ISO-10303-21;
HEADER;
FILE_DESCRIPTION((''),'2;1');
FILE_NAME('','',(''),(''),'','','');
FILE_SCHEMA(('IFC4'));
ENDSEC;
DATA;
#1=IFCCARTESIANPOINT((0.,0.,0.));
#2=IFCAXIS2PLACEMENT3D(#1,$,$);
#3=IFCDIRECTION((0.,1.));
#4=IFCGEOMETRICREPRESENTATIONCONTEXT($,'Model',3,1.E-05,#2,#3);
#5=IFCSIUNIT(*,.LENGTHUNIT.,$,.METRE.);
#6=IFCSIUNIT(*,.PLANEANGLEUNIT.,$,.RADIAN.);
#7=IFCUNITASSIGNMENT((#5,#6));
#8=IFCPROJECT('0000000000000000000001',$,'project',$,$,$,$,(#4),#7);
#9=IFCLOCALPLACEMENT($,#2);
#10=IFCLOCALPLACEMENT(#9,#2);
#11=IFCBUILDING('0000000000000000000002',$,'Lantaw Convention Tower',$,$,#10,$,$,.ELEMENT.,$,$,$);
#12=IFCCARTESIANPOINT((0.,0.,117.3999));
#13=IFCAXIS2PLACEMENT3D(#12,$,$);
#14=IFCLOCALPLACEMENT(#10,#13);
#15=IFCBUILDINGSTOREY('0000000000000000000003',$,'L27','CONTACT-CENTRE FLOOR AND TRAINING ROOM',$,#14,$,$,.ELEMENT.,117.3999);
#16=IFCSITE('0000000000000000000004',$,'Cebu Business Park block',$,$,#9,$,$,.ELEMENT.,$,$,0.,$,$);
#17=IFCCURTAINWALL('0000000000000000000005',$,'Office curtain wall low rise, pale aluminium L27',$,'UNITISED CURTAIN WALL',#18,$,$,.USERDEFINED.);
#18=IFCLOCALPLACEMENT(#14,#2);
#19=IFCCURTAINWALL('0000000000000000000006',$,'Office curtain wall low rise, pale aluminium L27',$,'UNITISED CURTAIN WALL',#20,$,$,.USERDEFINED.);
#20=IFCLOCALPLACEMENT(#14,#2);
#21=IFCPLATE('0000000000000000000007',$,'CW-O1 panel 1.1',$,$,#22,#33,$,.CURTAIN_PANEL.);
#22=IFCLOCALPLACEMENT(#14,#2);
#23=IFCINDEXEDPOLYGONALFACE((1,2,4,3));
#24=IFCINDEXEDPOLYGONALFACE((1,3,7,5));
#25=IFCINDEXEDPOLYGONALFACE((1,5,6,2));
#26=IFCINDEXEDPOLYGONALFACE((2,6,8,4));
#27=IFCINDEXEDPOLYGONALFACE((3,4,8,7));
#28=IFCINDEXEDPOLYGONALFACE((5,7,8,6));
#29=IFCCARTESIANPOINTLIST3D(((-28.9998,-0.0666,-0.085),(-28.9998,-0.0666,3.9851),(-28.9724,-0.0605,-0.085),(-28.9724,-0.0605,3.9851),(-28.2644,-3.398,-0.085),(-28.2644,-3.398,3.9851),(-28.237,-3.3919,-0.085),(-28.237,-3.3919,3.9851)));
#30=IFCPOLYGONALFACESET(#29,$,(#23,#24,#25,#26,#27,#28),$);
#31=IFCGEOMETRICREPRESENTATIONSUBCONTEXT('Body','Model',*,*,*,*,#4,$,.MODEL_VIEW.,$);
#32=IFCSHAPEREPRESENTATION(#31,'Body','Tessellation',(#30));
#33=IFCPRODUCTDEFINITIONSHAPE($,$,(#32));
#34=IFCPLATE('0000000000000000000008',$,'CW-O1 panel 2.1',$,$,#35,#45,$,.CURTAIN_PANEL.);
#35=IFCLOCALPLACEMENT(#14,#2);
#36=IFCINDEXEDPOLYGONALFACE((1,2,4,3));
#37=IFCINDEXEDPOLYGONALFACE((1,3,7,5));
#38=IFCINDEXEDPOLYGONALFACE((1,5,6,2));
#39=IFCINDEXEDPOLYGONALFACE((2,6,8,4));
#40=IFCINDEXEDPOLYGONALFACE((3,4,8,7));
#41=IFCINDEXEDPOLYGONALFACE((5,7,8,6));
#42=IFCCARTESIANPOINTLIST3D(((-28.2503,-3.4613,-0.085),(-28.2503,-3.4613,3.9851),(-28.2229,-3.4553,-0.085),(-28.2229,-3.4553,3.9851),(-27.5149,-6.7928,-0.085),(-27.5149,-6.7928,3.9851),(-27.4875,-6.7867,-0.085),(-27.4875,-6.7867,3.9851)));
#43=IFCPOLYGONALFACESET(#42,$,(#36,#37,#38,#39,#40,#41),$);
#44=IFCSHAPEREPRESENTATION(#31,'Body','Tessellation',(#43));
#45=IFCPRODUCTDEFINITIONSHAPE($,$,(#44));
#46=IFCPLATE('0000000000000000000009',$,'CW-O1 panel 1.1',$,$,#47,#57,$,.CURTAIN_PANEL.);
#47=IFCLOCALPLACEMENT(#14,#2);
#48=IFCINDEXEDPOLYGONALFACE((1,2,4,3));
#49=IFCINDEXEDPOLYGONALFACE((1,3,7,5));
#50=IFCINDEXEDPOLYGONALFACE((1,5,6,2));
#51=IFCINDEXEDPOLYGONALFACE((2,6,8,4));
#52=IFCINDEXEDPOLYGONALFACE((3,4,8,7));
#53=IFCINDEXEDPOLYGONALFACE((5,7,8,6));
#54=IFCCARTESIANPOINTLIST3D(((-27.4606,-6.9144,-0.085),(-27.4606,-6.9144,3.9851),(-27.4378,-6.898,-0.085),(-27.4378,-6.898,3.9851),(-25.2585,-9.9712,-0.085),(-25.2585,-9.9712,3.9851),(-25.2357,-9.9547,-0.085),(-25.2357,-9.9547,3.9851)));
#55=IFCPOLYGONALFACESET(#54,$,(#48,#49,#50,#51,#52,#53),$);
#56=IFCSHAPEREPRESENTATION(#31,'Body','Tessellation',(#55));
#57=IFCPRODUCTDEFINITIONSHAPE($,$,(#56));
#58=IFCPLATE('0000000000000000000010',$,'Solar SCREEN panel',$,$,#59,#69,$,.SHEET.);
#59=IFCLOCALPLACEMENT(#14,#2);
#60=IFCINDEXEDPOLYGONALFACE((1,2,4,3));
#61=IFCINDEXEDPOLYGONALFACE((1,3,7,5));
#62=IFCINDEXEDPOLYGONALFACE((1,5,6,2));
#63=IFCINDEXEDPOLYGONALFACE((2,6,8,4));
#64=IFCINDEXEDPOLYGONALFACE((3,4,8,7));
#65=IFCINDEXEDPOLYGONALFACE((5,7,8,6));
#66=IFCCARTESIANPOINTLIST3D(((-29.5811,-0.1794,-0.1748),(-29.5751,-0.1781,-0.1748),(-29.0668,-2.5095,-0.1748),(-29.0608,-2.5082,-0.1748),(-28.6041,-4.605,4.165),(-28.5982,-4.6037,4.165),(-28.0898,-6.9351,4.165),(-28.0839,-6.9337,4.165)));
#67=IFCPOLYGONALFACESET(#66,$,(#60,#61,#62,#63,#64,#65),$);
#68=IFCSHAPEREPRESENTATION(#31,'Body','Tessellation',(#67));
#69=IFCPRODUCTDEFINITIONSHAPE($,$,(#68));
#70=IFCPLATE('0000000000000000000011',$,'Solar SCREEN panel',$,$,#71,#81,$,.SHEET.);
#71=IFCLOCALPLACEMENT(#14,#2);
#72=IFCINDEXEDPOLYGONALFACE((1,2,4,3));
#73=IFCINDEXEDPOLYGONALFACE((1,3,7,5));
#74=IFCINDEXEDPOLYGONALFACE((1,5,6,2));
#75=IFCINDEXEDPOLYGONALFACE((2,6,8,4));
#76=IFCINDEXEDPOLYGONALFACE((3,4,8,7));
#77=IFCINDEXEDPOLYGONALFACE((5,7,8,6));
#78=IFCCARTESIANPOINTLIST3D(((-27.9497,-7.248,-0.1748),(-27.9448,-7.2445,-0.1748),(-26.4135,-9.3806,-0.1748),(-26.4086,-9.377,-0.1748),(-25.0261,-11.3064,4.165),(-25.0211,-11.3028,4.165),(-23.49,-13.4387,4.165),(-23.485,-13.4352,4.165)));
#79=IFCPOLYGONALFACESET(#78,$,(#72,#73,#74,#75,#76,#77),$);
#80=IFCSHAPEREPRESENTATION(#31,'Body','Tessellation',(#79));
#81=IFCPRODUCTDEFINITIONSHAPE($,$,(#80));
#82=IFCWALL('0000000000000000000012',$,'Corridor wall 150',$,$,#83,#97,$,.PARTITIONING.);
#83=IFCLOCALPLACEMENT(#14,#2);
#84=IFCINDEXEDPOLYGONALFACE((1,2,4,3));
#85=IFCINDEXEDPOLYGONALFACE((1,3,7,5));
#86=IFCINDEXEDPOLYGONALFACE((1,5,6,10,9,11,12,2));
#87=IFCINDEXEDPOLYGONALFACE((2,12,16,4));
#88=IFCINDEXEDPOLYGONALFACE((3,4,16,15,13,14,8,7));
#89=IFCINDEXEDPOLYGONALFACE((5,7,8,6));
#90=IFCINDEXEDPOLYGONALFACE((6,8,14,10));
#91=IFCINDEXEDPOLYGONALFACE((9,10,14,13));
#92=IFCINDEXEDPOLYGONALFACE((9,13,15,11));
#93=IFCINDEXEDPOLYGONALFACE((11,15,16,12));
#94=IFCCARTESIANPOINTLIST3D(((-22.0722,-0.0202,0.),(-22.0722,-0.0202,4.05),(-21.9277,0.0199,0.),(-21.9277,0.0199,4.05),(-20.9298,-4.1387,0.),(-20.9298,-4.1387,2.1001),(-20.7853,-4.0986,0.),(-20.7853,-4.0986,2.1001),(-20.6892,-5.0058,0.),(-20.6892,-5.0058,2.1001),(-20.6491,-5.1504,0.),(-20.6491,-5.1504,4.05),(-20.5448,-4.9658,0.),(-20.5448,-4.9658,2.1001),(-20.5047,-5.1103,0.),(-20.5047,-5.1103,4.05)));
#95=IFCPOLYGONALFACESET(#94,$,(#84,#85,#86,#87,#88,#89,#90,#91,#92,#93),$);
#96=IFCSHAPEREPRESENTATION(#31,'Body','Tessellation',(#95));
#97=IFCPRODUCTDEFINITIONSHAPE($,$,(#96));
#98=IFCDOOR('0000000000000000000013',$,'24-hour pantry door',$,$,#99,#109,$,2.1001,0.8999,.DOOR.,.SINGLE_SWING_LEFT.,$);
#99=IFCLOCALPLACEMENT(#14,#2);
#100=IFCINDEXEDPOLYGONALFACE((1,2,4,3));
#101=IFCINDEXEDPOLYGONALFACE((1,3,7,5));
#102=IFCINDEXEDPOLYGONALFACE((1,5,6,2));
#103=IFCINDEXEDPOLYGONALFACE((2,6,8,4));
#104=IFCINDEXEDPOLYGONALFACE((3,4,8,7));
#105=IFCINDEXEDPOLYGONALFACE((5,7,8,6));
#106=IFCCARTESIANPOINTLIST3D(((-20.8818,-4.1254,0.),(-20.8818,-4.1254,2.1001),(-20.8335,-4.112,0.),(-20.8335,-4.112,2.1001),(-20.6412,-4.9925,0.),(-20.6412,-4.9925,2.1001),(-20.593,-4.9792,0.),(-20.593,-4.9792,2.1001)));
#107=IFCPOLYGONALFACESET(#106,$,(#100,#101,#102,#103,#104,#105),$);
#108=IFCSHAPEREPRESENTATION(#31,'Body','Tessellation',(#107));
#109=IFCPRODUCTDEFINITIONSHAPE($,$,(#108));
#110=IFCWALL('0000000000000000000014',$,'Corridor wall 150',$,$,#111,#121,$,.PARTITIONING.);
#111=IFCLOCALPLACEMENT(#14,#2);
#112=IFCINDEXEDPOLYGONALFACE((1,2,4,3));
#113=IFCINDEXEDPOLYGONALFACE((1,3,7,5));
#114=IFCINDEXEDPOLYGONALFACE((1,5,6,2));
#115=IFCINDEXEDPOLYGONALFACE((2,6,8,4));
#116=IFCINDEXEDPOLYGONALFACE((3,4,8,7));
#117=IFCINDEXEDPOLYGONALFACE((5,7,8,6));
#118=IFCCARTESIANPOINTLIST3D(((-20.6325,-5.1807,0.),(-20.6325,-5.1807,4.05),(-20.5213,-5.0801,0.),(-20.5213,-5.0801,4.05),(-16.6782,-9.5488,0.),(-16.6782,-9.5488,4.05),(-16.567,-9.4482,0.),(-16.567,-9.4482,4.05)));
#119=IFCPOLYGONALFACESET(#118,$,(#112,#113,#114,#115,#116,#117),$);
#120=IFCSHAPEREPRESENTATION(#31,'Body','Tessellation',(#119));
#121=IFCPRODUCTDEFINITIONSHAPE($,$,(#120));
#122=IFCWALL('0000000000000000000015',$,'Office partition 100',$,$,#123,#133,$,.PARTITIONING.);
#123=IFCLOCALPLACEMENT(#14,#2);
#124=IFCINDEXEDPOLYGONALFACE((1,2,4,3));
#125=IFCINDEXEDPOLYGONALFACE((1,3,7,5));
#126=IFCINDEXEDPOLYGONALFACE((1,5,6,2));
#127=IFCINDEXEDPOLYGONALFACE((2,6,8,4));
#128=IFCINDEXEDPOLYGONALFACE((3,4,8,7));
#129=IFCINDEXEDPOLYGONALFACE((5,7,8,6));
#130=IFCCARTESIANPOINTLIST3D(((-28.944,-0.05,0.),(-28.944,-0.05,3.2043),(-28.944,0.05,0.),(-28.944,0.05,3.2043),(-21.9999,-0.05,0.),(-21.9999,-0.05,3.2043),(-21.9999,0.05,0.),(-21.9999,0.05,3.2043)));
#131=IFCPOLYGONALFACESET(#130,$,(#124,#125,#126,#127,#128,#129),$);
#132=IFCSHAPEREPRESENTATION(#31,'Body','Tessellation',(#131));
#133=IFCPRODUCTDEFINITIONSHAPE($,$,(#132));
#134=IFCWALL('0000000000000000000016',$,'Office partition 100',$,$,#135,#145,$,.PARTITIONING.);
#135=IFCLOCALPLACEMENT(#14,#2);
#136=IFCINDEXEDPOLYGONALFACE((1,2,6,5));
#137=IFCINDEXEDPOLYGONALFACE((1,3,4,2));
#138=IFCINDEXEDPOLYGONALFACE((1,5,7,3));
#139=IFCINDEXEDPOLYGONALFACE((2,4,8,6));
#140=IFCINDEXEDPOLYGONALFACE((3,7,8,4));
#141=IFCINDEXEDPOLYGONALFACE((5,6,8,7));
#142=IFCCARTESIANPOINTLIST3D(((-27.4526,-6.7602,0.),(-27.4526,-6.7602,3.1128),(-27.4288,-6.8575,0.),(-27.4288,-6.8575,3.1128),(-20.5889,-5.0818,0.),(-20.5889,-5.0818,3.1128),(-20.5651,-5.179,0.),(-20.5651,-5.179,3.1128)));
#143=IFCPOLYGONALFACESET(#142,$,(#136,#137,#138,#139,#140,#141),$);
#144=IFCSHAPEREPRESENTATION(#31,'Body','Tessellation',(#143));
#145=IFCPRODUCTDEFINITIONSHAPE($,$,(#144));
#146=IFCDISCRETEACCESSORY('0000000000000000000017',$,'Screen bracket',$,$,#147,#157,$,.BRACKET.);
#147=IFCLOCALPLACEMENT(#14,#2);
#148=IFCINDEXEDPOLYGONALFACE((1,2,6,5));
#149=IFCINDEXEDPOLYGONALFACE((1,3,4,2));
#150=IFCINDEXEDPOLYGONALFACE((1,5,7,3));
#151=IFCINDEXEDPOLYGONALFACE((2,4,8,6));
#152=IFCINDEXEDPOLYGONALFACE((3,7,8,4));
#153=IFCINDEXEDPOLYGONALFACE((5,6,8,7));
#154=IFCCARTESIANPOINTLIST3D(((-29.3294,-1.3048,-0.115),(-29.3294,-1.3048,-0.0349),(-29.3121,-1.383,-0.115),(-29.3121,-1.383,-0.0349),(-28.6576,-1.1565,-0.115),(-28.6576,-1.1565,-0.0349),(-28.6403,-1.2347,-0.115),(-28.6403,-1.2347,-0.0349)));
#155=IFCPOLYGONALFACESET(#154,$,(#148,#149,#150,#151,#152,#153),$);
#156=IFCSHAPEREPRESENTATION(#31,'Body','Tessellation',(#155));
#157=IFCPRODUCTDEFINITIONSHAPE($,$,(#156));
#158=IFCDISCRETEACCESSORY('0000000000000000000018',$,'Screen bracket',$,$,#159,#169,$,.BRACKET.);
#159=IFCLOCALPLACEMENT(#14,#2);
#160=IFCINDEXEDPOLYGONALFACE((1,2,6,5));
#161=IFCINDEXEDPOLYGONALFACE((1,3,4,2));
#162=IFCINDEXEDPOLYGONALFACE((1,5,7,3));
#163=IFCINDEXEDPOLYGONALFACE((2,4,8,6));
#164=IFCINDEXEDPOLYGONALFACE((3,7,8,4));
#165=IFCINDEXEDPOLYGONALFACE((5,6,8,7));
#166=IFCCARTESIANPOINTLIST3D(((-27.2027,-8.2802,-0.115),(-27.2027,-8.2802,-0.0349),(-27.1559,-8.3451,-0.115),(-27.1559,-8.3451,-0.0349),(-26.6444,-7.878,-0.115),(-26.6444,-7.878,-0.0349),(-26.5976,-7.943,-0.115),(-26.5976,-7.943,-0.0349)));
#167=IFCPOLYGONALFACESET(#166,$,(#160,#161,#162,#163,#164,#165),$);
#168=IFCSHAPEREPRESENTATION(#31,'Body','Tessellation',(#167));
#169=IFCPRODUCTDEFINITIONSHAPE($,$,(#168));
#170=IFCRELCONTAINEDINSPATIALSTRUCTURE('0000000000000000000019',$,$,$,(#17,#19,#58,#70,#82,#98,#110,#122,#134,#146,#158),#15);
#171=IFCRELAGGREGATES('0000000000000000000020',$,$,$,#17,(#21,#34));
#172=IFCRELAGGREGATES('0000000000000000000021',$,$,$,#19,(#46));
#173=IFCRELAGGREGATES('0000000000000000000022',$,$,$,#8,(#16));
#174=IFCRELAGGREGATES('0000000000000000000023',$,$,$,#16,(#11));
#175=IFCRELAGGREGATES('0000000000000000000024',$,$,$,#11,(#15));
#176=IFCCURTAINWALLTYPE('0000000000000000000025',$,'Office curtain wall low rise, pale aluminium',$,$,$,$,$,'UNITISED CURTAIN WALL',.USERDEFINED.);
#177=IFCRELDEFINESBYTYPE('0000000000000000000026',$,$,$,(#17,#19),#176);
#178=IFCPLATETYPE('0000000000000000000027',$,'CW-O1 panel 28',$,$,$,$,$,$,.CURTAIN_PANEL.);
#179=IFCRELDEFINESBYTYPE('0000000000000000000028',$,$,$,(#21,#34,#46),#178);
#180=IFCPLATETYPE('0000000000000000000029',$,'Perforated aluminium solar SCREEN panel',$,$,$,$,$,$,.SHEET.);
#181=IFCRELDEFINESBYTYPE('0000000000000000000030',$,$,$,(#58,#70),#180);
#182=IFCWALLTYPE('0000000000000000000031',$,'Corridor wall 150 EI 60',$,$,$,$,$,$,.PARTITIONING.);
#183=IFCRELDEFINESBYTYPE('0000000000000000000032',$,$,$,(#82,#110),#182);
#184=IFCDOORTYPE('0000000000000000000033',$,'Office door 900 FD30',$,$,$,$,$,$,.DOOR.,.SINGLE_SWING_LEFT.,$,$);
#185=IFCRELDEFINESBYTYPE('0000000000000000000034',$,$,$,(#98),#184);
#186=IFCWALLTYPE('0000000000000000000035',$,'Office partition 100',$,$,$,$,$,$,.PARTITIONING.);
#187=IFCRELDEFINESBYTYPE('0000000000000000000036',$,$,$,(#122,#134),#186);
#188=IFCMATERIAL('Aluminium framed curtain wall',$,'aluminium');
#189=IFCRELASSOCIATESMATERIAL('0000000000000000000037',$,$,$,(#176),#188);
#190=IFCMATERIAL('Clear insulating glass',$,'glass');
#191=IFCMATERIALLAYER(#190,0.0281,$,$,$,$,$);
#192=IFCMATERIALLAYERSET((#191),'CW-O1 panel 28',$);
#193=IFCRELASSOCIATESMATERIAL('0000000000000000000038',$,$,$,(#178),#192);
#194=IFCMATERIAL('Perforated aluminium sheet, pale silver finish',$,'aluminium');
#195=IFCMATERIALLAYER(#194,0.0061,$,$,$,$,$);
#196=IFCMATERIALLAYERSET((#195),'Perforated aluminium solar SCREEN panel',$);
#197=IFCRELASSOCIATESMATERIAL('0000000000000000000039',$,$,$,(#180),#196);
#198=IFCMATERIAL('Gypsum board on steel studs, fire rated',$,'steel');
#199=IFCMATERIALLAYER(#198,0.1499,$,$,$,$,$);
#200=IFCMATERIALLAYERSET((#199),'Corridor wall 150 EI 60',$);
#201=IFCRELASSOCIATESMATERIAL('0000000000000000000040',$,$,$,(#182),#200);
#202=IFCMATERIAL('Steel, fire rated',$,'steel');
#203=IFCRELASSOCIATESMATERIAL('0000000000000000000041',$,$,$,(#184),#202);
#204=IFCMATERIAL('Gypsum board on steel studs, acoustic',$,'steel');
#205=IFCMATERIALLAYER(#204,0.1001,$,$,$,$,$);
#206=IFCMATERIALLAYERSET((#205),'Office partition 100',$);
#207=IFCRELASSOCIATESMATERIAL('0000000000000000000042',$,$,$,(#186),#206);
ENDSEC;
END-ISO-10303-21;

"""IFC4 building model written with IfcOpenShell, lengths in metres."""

from ifc_helpers import new_model, si_unit, direction, frame, frame_2d, origin, origin_2d, place, context, subcontext, project, spatial, polyline, rectangle, outline, extrude, material, layer, layer_set, type_object, element, fill, aggregate, save


model = new_model("IFC4")

# Units and contexts
model_context = context("Model", 3, precision=1e-05, world=origin(), true_north=direction((0.0, 1.0)))
body_context = subcontext(model_context, "Body", "Model", "MODEL_VIEW")
ifc_project = project(units=[si_unit("LENGTHUNIT", "METRE"), si_unit("PLANEANGLEUNIT", "RADIAN")], contexts=[model_context])

# Site, building, storey
site_placement = place(None, origin())
site = spatial("IfcSite", under=ifc_project, at=site_placement, Name="Cebu Business Park block", CompositionType="ELEMENT", RefElevation=0.0)
building_placement = place(site_placement, origin())
building = spatial("IfcBuilding", under=site, at=building_placement, Name="Lantaw Convention Tower", CompositionType="ELEMENT")
storey_placement = place(building_placement, frame((0.0, 0.0, 117.3999)))
storey = spatial("IfcBuildingStorey", under=building, at=storey_placement, Name="L27", Description="CONTACT-CENTRE FLOOR AND TRAINING ROOM", CompositionType="ELEMENT", Elevation=117.3999)

# Curtain wall
ifc_material_1 = material(Name="Aluminium framed curtain wall", Category="aluminium")
curtain_wall_type = type_object("IfcCurtainWallType", Name="Office curtain wall low rise, pale aluminium", ElementType="UNITISED CURTAIN WALL", PredefinedType="USERDEFINED", material=ifc_material_1)
curtain_wall_1_placement = place(storey_placement, origin())
curtain_wall_1 = element("IfcCurtainWall", 1, at=curtain_wall_1_placement, inside=storey, type_object=curtain_wall_type, Name="Office curtain wall low rise, pale aluminium L27", ObjectType="UNITISED CURTAIN WALL", PredefinedType="USERDEFINED")

# Curtain wall
curtain_wall_2_placement = place(storey_placement, origin())
curtain_wall_2 = element("IfcCurtainWall", 2, at=curtain_wall_2_placement, inside=storey, type_object=curtain_wall_type, Name="Office curtain wall low rise, pale aluminium L27", ObjectType="UNITISED CURTAIN WALL", PredefinedType="USERDEFINED")

# Plates
ifc_material_2 = material(Name="Clear insulating glass", Category="glass")
ifc_layer_1 = layer(ifc_material_2, 0.0281)
ifc_layer_set_1 = layer_set([ifc_layer_1], Name="CW-O1 panel 28")
plate_type_1 = type_object("IfcPlateType", Name="CW-O1 panel 28", PredefinedType="CURTAIN_PANEL", material=ifc_layer_set_1)
plate_1_placement = place(storey_placement, frame((-28.6184, -1.7292, -0.085), z_axis=(0.0, 0.0, 1.0), x_axis=(0.215546, -0.976494, 0.0)))
plate_1 = element("IfcPlate", 3, at=plate_1_placement, type_object=plate_type_1, Name="CW-O1 panel 1.1", PredefinedType="CURTAIN_PANEL", context=body_context, shape_type="SweptSolid", body=[
    extrude(rectangle(XDim=3.4116, YDim=0.0281, at=origin_2d()), origin(), (0.0, 0.0, 1.0), 4.0701),
])
plate_2_placement = place(storey_placement, frame((-27.8689, -5.124, -0.085), z_axis=(0.0, 0.0, 1.0), x_axis=(0.215546, -0.976494, 0.0)))
plate_2 = element("IfcPlate", 4, at=plate_2_placement, type_object=plate_type_1, Name="CW-O1 panel 2.1", PredefinedType="CURTAIN_PANEL", context=body_context, shape_type="SweptSolid", body=[
    extrude(rectangle(XDim=3.4116, YDim=0.0281, at=origin_2d()), origin(), (0.0, 0.0, 1.0), 4.0701),
])
aggregate(curtain_wall_1, [plate_1, plate_2])
plate_3_placement = place(storey_placement, frame((-26.3481, -8.4346, -0.085), z_axis=(0.0, 0.0, 1.0), x_axis=(0.584513, -0.811385, 0.0)))
plate_3 = element("IfcPlate", 5, at=plate_3_placement, type_object=plate_type_1, Name="CW-O1 panel 1.1", PredefinedType="CURTAIN_PANEL", context=body_context, shape_type="SweptSolid", body=[
    extrude(rectangle(XDim=3.7673, YDim=0.0281, at=origin_2d()), origin(), (0.0, 0.0, 1.0), 4.0701),
])
aggregate(curtain_wall_2, [plate_3])

# Plates
ifc_material_3 = material(Name="Perforated aluminium sheet, pale silver finish", Category="aluminium")
ifc_layer_2 = layer(ifc_material_3, 0.0061)
ifc_layer_set_2 = layer_set([ifc_layer_2], Name="Perforated aluminium solar SCREEN panel")
plate_type_2 = type_object("IfcPlateType", Name="Perforated aluminium solar SCREEN panel", PredefinedType="SHEET", material=ifc_layer_set_2)
plate_4_placement = place(storey_placement, frame((-29.5811, -0.1794, -0.1748), z_axis=(-0.976498, -0.215527, 0.000033), x_axis=(0.215527, -0.976498, 0.0)))
element("IfcPlate", 6, at=plate_4_placement, inside=storey, type_object=plate_type_2, Name="Solar SCREEN panel", PredefinedType="SHEET", context=body_context, shape_type="SweptSolid", body=[
    extrude(outline(polyline([(0.0, 0.0), (2.3862, 0.0), (6.9182, 4.3398), (4.5321, 4.3398), (0.0, 0.0)])), origin(), (0.0, 0.0, -1.0), 0.0061),
])
plate_5_placement = place(storey_placement, frame((-27.9497, -7.248, -0.1748), z_axis=(-0.811395, -0.584498, 0.000036), x_axis=(0.584498, -0.811395, 0.0)))
element("IfcPlate", 7, at=plate_5_placement, inside=storey, type_object=plate_type_2, Name="Solar SCREEN panel", PredefinedType="SHEET", context=body_context, shape_type="SweptSolid", body=[
    extrude(outline(polyline([(0.0, 0.0), (2.6282, 0.0), (7.6298, 4.3398), (5.0018, 4.3398), (0.0, 0.0)])), origin(), (0.0, 0.0, -1.0), 0.0061),
])

# Wall, opening, door
ifc_material_4 = material(Name="Gypsum board on steel studs, fire rated", Category="steel")
ifc_layer_3 = layer(ifc_material_4, 0.1499)
ifc_layer_set_3 = layer_set([ifc_layer_3], Name="Corridor wall 150 EI 60")
wall_type_1 = type_object("IfcWallType", Name="Corridor wall 150 EI 60", PredefinedType="PARTITIONING", material=ifc_layer_set_3)
wall_1_placement = place(storey_placement, frame((-22.0, 0.0, 0.0), z_axis=(0.0, 0.0, 1.0), x_axis=(0.267294, -0.963615, 0.0)))
wall_1 = element("IfcWall", 8, at=wall_1_placement, inside=storey, type_object=wall_type_1, Name="Corridor wall 150", PredefinedType="PARTITIONING", context=body_context, shape_type="SweptSolid", body=[
    extrude(rectangle(XDim=5.324, YDim=0.1499, at=frame_2d((2.6621, 0.0))), origin(), (0.0, 0.0, 1.0), 4.05),
])
opening_placement = place(wall_1_placement, frame((4.2742, 0.0, 0.0)))
opening = element("IfcOpeningElement", 9, at=opening_placement, cuts=wall_1, PredefinedType="OPENING", context=body_context, shape_type="SweptSolid", body=[
    extrude(rectangle(XDim=0.8999, YDim=2.1001, at=frame_2d((0.45, 1.05))), frame((0.0, 0.085, 0.0), z_axis=(0.0, -1.0, 0.0), x_axis=(1.0, 0.0, 0.0)), (0.0, 0.0, 1.0), 0.1699),
])
ifc_material_5 = material(Name="Steel, fire rated", Category="steel")
door_type = type_object("IfcDoorType", Name="Office door 900 FD30", OperationType="SINGLE_SWING_LEFT", PredefinedType="DOOR", material=ifc_material_5)
door_placement = place(opening_placement, origin())
door = element("IfcDoor", 10, at=door_placement, inside=storey, type_object=door_type, Name="24-hour pantry door", OperationType="SINGLE_SWING_LEFT", OverallHeight=2.1001, OverallWidth=0.8999, PredefinedType="DOOR", context=body_context, shape_type="SweptSolid", body=[
    extrude(rectangle(XDim=0.8999, YDim=2.1001, at=frame_2d((0.45, 1.05))), frame((0.0, 0.0249, 0.0), z_axis=(0.0, -1.0, 0.0), x_axis=(1.0, 0.0, 0.0)), (0.0, 0.0, 1.0), 0.05),
])
fill(opening, door)

# Walls
wall_2_placement = place(storey_placement, frame((-20.5769, -5.1304, 0.0), z_axis=(0.0, 0.0, 1.0), x_axis=(0.671118, -0.74135, 0.0)))
element("IfcWall", 11, at=wall_2_placement, inside=storey, type_object=wall_type_1, Name="Corridor wall 150", PredefinedType="PARTITIONING", context=body_context, shape_type="SweptSolid", body=[
    extrude(rectangle(XDim=5.8921, YDim=0.1499, at=frame_2d((2.946, 0.0))), origin(), (0.0, 0.0, 1.0), 4.05),
])
ifc_material_6 = material(Name="Gypsum board on steel studs, acoustic", Category="steel")
ifc_layer_4 = layer(ifc_material_6, 0.1001)
ifc_layer_set_4 = layer_set([ifc_layer_4], Name="Office partition 100")
wall_type_2 = type_object("IfcWallType", Name="Office partition 100", PredefinedType="PARTITIONING", material=ifc_layer_set_4)
wall_3_placement = place(storey_placement, frame((-28.9441, 0.0, 0.0), z_axis=(0.0, 0.0, 1.0), x_axis=(1.0, 0.0, 0.0)))
element("IfcWall", 12, at=wall_3_placement, inside=storey, type_object=wall_type_2, Name="Office partition 100", PredefinedType="PARTITIONING", context=body_context, shape_type="SweptSolid", body=[
    extrude(rectangle(XDim=6.9441, YDim=0.1001, at=frame_2d((3.4722, 0.0))), origin(), (0.0, 0.0, 1.0), 3.2043),
])
wall_4_placement = place(storey_placement, frame((-27.4407, -6.8088, 0.0), z_axis=(0.0, 0.0, 1.0), x_axis=(0.971378, 0.237541, 0.0)))
element("IfcWall", 13, at=wall_4_placement, inside=storey, type_object=wall_type_2, Name="Office partition 100", PredefinedType="PARTITIONING", context=body_context, shape_type="SweptSolid", body=[
    extrude(rectangle(XDim=7.0659, YDim=0.1001, at=frame_2d((3.533, 0.0))), origin(), (0.0, 0.0, 1.0), 3.1128),
])

# Discrete accessories
for number, where, z_axis, x_axis, name in (
    (14, (-28.9849, -1.2698, -0.115), (0.0, 0.0, 1.0), (0.215546, -0.976494, 0.0), "Screen bracket"),
    (15, (-26.9001, -8.1116, -0.115), (0.0, 0.0, 1.0), (0.584513, -0.811385, 0.0), "Screen bracket"),
):
    element("IfcDiscreteAccessory", number, at=place(storey_placement, frame(where, z_axis=z_axis, x_axis=x_axis)), inside=storey, Name=name, PredefinedType="BRACKET", context=body_context, shape_type="SweptSolid", body=[
        extrude(rectangle(XDim=0.0801, YDim=0.688, at=origin_2d()), origin(), (0.0, 0.0, 1.0), 0.0801),
    ])

save(model, "model.ifc")
